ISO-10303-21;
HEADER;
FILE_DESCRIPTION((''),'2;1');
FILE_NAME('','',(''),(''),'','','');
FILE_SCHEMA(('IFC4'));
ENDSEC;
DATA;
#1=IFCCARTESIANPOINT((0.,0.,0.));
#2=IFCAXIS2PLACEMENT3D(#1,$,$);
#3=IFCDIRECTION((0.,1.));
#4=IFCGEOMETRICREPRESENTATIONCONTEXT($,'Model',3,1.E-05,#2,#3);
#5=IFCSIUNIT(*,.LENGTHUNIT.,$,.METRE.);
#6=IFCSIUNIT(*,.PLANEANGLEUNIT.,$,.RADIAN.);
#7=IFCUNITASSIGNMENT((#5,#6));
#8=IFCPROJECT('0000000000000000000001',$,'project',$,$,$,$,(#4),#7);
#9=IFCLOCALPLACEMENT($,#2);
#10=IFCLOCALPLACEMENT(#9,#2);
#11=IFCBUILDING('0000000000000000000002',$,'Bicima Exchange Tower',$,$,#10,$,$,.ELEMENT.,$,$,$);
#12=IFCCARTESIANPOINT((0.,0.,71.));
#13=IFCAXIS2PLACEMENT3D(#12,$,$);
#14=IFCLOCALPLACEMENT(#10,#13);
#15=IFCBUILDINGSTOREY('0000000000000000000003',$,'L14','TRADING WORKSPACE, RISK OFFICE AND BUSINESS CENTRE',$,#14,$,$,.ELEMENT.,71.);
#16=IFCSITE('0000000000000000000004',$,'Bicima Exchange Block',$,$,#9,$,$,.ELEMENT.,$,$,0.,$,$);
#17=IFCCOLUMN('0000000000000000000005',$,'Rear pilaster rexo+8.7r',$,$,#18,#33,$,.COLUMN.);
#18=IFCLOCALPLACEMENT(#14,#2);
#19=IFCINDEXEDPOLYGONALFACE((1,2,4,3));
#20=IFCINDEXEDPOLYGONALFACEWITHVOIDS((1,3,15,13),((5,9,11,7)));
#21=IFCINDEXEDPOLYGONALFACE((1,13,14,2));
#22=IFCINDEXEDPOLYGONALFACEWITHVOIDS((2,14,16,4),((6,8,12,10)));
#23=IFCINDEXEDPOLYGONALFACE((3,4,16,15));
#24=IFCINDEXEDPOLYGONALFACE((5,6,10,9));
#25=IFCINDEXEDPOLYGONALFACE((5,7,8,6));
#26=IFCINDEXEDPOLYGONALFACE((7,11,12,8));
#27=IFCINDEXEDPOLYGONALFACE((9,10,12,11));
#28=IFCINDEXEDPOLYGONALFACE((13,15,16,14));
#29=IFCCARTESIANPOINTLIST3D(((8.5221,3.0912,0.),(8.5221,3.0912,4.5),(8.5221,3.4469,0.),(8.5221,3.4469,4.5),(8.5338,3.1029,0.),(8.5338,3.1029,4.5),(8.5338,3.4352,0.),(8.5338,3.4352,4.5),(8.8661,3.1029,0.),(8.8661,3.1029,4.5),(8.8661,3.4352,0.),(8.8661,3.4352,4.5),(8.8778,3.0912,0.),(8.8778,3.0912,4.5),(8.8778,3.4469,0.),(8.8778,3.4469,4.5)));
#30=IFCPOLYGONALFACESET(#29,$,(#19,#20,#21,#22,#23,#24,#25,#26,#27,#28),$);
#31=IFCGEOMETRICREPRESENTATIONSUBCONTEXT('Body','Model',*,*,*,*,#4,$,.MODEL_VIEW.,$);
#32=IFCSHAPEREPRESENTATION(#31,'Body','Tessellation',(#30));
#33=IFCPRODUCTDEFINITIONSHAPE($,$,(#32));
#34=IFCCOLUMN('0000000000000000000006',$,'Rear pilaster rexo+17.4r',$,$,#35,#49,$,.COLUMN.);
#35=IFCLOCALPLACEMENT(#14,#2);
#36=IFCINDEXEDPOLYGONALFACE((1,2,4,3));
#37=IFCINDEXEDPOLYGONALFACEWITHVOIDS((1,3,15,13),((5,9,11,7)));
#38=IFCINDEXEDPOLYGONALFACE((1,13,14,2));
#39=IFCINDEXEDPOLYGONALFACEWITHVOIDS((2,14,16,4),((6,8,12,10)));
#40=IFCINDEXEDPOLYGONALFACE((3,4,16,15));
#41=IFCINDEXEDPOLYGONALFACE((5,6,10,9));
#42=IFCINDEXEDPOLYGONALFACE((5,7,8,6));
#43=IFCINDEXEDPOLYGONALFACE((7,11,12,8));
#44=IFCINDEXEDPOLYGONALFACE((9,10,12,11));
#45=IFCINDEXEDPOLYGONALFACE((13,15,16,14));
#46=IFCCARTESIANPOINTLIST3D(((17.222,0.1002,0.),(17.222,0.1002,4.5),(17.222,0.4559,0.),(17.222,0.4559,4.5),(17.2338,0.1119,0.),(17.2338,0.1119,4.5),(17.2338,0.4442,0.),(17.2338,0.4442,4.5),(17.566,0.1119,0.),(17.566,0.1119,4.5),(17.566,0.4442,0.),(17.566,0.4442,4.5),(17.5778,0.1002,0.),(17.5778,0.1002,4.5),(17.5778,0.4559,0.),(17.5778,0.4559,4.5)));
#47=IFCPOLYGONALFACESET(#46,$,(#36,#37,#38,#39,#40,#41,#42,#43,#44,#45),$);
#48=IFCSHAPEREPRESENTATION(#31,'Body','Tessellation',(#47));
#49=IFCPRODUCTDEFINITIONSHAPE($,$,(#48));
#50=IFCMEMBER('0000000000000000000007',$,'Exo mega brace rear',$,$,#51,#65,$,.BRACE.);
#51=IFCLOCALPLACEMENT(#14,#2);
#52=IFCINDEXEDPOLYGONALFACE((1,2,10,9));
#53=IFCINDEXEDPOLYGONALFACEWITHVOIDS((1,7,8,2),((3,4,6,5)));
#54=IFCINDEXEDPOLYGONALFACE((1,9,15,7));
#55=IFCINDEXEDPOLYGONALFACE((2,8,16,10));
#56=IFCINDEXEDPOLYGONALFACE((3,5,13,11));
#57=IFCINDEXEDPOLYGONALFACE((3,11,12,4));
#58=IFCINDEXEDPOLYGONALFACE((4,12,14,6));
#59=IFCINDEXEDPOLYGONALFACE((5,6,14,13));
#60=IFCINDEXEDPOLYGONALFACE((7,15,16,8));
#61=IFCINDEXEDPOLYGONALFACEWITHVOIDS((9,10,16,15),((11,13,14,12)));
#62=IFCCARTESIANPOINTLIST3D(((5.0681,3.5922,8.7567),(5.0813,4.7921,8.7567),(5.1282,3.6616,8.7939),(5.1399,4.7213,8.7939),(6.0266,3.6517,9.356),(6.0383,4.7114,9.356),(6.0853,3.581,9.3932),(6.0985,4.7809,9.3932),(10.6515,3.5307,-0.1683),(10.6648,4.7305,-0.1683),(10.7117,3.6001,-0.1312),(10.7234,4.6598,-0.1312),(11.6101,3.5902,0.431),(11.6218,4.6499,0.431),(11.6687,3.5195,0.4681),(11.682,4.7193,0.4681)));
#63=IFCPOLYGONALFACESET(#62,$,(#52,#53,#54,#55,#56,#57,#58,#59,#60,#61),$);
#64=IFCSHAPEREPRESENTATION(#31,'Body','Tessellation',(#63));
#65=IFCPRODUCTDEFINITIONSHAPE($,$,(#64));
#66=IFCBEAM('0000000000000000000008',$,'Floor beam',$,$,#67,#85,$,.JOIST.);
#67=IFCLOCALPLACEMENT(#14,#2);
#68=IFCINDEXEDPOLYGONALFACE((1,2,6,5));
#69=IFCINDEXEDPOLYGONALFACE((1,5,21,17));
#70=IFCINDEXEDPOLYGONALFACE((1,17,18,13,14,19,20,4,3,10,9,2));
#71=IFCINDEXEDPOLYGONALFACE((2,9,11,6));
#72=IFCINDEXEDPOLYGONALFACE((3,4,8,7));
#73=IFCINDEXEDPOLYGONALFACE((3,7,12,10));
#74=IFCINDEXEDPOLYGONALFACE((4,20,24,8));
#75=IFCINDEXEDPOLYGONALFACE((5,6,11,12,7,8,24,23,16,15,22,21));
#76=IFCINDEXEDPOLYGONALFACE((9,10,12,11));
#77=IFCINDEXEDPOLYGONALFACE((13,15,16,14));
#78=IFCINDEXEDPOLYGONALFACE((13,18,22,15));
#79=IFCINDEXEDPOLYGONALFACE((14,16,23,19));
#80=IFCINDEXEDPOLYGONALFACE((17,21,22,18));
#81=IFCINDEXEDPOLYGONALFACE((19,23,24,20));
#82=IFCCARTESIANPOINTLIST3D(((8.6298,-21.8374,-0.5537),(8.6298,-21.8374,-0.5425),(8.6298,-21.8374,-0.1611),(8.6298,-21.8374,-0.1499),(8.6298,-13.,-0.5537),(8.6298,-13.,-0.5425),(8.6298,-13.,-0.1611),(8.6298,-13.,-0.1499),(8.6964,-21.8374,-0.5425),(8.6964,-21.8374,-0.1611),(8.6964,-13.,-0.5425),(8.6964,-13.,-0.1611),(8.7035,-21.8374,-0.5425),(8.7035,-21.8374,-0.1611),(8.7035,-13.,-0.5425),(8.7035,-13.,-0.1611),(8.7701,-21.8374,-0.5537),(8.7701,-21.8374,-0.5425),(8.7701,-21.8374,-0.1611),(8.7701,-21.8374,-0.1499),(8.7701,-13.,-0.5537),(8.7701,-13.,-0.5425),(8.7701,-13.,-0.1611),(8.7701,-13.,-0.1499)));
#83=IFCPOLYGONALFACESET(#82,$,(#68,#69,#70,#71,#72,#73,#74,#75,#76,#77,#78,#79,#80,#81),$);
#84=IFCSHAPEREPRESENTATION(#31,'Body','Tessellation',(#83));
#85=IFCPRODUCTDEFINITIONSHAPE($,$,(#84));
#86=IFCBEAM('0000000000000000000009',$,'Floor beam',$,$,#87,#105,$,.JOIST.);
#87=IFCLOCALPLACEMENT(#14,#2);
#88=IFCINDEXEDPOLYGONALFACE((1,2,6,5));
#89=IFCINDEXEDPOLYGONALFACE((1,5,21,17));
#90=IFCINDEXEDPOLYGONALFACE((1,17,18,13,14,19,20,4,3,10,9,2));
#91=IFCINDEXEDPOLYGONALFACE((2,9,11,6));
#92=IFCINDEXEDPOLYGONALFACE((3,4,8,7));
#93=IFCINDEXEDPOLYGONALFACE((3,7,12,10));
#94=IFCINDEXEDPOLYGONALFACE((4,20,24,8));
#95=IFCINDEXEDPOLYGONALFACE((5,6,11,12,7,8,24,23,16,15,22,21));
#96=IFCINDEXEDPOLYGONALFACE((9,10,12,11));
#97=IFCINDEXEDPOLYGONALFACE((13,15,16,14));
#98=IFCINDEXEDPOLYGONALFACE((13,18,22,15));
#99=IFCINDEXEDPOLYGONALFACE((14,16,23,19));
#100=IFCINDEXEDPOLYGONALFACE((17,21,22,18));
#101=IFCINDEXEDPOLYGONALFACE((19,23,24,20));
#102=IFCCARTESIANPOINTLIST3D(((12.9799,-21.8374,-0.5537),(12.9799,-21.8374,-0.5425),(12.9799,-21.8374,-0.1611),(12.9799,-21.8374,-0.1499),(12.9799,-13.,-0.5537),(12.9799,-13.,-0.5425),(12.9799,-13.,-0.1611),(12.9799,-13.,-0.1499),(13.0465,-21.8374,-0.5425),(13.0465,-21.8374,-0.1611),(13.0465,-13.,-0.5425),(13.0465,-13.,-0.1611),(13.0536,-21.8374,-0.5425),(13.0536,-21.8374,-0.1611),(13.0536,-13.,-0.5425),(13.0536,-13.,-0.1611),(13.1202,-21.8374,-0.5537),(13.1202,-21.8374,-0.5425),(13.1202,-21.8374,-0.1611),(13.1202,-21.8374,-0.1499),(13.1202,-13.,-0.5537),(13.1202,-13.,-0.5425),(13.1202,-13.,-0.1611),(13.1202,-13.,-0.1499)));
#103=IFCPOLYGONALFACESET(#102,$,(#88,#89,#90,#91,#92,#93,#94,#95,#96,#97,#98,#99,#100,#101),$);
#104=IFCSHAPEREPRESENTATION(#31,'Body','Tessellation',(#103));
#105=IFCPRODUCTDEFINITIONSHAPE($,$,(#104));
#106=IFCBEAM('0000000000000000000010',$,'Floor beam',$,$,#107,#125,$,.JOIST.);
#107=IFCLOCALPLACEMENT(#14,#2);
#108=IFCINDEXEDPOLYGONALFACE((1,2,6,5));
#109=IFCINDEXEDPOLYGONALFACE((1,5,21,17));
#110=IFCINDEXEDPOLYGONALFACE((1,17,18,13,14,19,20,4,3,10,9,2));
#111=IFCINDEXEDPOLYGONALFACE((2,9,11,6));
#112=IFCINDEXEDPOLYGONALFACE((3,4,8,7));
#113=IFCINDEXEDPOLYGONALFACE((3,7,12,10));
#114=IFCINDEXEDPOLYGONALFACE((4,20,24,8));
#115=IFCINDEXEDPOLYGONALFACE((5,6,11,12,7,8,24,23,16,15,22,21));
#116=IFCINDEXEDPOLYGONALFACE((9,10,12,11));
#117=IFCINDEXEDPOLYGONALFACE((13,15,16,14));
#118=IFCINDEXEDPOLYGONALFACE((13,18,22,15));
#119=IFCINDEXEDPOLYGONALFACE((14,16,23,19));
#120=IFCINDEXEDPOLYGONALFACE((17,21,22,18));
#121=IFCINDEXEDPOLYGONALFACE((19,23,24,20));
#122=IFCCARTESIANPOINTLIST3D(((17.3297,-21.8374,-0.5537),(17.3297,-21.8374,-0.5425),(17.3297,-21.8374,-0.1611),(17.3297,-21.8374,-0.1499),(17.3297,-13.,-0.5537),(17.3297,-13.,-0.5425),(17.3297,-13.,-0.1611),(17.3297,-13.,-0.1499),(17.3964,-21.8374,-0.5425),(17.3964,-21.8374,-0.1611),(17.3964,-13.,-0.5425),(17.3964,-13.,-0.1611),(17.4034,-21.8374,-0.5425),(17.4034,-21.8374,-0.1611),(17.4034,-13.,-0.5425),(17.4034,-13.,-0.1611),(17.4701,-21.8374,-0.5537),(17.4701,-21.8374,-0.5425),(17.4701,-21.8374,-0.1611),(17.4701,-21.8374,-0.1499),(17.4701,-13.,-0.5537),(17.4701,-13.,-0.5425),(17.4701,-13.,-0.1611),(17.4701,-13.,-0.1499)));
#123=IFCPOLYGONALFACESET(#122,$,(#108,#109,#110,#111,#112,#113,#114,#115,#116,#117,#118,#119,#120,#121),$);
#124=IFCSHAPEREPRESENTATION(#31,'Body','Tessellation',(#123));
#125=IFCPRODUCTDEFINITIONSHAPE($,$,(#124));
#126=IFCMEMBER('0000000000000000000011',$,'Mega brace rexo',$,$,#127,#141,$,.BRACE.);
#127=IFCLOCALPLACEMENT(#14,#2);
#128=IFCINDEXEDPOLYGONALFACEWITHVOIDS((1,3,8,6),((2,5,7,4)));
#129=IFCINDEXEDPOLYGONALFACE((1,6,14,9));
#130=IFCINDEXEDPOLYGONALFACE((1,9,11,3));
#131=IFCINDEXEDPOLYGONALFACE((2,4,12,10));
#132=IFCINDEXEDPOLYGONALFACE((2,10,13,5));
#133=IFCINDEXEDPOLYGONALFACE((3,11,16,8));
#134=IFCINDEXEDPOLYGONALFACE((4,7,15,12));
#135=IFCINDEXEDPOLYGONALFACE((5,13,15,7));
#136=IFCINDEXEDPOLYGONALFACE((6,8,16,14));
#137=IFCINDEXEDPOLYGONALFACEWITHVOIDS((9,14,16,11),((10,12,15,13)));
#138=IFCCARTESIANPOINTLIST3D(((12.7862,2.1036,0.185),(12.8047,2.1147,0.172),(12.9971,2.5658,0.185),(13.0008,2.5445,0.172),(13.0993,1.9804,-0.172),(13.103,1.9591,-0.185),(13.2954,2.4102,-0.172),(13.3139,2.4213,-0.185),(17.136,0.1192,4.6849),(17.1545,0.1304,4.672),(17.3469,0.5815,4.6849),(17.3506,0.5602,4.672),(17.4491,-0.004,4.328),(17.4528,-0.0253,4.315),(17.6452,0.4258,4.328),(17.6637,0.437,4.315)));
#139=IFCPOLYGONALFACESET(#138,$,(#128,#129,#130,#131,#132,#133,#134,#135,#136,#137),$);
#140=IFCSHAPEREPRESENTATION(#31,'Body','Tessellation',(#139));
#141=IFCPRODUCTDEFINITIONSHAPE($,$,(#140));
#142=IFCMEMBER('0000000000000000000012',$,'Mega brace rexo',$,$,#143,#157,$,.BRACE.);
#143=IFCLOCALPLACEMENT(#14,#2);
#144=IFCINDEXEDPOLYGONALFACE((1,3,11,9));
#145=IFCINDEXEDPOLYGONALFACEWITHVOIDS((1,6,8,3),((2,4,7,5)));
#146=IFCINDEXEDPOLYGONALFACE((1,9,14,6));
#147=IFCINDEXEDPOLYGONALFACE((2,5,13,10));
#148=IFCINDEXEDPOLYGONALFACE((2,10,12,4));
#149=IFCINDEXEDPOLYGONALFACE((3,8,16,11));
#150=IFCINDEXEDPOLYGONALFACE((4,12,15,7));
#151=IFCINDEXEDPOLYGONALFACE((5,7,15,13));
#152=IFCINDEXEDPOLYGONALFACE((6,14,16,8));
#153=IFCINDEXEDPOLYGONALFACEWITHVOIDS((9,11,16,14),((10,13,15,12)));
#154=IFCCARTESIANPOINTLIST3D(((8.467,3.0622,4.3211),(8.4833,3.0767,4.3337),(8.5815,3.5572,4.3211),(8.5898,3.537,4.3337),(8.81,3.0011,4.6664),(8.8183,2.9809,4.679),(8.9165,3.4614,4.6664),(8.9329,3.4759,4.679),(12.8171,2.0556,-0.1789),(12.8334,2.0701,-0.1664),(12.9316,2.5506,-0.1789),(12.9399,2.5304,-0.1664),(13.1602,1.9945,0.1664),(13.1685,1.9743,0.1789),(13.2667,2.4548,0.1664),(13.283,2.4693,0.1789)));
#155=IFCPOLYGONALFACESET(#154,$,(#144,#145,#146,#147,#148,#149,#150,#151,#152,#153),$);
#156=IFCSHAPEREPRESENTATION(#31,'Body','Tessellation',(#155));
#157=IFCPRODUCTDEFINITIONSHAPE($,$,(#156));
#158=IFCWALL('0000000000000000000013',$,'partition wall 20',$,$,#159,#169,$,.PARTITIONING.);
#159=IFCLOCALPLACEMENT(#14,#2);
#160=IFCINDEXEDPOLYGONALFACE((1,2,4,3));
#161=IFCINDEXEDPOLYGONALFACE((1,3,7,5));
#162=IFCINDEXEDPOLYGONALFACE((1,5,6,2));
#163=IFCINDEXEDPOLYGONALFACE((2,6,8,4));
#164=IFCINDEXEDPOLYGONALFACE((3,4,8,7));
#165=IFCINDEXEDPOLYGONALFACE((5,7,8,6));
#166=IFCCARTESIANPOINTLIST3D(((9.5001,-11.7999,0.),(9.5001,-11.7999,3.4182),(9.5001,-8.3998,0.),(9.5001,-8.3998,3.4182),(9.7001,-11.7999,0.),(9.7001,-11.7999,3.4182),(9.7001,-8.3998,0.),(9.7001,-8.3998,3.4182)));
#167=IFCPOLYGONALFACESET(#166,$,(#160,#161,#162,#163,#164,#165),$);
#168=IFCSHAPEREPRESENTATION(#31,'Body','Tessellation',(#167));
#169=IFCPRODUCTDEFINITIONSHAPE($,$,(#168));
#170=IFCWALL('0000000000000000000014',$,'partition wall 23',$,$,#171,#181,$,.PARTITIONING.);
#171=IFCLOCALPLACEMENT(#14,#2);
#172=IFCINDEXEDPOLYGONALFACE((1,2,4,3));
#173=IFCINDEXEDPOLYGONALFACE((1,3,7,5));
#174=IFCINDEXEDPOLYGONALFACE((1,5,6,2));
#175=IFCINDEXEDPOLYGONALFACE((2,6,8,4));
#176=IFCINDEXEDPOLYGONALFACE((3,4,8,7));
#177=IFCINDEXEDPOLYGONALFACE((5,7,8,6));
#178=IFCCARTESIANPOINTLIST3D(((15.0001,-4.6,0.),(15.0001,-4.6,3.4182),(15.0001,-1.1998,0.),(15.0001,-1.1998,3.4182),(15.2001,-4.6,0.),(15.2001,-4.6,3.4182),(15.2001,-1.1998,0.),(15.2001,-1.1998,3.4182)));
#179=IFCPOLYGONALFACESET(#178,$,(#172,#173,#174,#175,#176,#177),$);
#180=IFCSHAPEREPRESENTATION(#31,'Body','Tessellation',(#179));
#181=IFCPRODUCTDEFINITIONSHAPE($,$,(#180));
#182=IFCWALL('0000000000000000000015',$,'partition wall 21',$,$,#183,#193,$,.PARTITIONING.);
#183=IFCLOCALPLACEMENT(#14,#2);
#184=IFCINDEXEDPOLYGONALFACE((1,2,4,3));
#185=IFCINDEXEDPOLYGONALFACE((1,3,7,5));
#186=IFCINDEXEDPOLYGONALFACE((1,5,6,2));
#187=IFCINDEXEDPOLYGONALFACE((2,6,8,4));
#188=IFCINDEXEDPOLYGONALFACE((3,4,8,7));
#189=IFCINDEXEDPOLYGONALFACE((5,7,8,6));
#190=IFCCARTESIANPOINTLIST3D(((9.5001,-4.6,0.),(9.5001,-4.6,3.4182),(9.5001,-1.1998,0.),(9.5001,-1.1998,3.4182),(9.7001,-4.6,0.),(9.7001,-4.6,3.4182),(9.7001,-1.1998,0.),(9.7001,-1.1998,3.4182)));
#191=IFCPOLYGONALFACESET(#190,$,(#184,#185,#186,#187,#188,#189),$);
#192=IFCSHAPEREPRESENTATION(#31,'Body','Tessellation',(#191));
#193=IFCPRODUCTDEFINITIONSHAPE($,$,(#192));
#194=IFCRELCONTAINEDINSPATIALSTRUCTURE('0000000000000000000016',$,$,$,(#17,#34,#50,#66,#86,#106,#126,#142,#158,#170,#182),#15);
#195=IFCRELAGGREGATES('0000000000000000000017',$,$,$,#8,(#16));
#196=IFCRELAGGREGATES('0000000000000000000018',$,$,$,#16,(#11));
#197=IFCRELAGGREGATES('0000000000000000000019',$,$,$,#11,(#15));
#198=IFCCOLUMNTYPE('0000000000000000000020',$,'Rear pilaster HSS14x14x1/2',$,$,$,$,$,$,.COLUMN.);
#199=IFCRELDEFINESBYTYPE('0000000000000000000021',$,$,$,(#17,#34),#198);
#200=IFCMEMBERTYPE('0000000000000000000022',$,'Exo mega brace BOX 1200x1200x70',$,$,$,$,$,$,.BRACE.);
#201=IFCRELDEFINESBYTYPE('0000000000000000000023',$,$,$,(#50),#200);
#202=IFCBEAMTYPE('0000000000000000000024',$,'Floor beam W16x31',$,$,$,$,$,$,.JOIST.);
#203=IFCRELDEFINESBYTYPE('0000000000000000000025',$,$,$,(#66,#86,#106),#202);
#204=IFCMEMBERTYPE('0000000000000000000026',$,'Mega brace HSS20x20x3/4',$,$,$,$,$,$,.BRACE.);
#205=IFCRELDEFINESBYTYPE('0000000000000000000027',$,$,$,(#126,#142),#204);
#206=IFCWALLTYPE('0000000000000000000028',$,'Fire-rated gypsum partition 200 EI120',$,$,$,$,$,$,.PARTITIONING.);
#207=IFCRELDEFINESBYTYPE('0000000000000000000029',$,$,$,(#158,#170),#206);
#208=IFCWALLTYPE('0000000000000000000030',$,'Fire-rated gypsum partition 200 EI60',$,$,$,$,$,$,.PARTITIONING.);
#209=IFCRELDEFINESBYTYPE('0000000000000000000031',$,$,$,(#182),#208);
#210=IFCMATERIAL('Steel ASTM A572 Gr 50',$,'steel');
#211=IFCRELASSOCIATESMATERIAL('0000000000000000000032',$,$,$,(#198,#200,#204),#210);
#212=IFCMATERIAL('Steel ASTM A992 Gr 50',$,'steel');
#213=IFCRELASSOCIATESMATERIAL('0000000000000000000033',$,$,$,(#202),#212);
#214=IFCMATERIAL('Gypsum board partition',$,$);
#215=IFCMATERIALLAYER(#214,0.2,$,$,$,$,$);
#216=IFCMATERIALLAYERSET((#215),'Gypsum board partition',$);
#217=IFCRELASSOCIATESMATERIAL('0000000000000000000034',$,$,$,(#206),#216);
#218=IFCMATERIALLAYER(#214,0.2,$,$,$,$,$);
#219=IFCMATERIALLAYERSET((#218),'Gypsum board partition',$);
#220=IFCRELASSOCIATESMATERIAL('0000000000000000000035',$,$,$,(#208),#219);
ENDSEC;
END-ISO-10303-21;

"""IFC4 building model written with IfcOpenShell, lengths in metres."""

from ifc_helpers import new_model, si_unit, direction, frame, frame_2d, origin, origin_2d, place, context, subcontext, project, spatial, rectangle, hollow_rectangle, i_section, extrude, material, layer, layer_set, material_profile, profile_set, type_object, element, save


model = new_model("IFC4")

# Units and contexts
model_context = context("Model", 3, precision=1e-05, world=origin(), true_north=direction((0.0, 1.0)))
body_context = subcontext(model_context, "Body", "Model", "MODEL_VIEW")
ifc_project = project(units=[si_unit("LENGTHUNIT", "METRE"), si_unit("PLANEANGLEUNIT", "RADIAN")], contexts=[model_context])

# Site, building, storey
site_placement = place(None, origin())
site = spatial("IfcSite", under=ifc_project, at=site_placement, Name="Bicima Exchange Block", CompositionType="ELEMENT", RefElevation=0.0)
building_placement = place(site_placement, origin())
building = spatial("IfcBuilding", under=site, at=building_placement, Name="Bicima Exchange Tower", CompositionType="ELEMENT")
storey_placement = place(building_placement, frame((0.0, 0.0, 71.0)))
storey = spatial("IfcBuildingStorey", under=building, at=storey_placement, Name="L14", Description="TRADING WORKSPACE, RISK OFFICE AND BUSINESS CENTRE", CompositionType="ELEMENT", Elevation=71.0)

# Columns
ifc_material_1 = material(Name="Steel ASTM A572 Gr 50", Category="steel")
ifc_material_profile_1 = material_profile(ifc_material_1, hollow_rectangle(XDim=0.3557, YDim=0.3557, WallThickness=0.0117, at=origin_2d()))
ifc_profile_set_1 = profile_set([ifc_material_profile_1], Name="Steel ASTM A572 Gr 50")
column_type = type_object("IfcColumnType", Name="Rear pilaster HSS14x14x1/2", PredefinedType="COLUMN", material=ifc_profile_set_1)
for number, where, z_axis, x_axis, name in (
    (1, (8.7, 3.269, 0.0), (0.0, 0.0, 1.0), (1.0, 0.0, 0.0), "Rear pilaster rexo+8.7r"),
    (2, (17.3999, 0.2781, 0.0), (0.0, 0.0, 1.0), (1.0, 0.0, 0.0), "Rear pilaster rexo+17.4r"),
):
    element("IfcColumn", number, at=place(storey_placement, frame(where, z_axis=z_axis, x_axis=x_axis)), inside=storey, type_object=column_type, Name=name, PredefinedType="COLUMN", context=body_context, shape_type="SweptSolid", body=[
        extrude(hollow_rectangle(XDim=0.3557, YDim=0.3557, WallThickness=0.0117, at=origin_2d()), origin(), (0.0, 0.0, 1.0), 4.5),
    ])

# Member
ifc_material_profile_2 = material_profile(ifc_material_1, hollow_rectangle(XDim=1.2, YDim=1.2, WallThickness=0.0701, at=origin_2d()))
ifc_profile_set_2 = profile_set([ifc_material_profile_2], Name="Steel ASTM A572 Gr 50")
member_type_1 = type_object("IfcMemberType", Name="Exo mega brace BOX 1200x1200x70", PredefinedType="BRACE", material=ifc_profile_set_2)
member_1_placement = place(storey_placement, frame((11.1667, 4.125, 0.1499), z_axis=(-0.530355, 0.005844, 0.847756), x_axis=(-0.011018, -0.999939, 0.0)))
element("IfcMember", 3, at=member_1_placement, inside=storey, type_object=member_type_1, Name="Exo mega brace rear", PredefinedType="BRACE", context=body_context, shape_type="SweptSolid", body=[
    extrude(hollow_rectangle(XDim=1.2, YDim=1.2, WallThickness=0.0701, at=origin_2d()), origin(), (0.0, 0.0, 1.0), 10.5278),
])

# Beams
ifc_material_2 = material(Name="Steel ASTM A992 Gr 50", Category="steel")
ifc_material_profile_3 = material_profile(ifc_material_2, i_section(OverallWidth=0.1404, OverallDepth=0.4038, WebThickness=0.0071, FlangeThickness=0.0112, at=origin_2d()))
ifc_profile_set_3 = profile_set([ifc_material_profile_3], Name="Steel ASTM A992 Gr 50")
beam_type = type_object("IfcBeamType", Name="Floor beam W16x31", PredefinedType="JOIST", material=ifc_profile_set_3)
for number, where, z_axis, x_axis, name in (
    (4, (8.7, -13.0, -0.3518), (0.0, -1.0, 0.0), (1.0, 0.0, 0.0), "Floor beam"),
    (5, (13.05, -13.0, -0.3518), (0.0, -1.0, 0.0), (1.0, 0.0, 0.0), "Floor beam"),
    (6, (17.3999, -13.0, -0.3518), (0.0, -1.0, 0.0), (1.0, 0.0, 0.0), "Floor beam"),
):
    element("IfcBeam", number, at=place(storey_placement, frame(where, z_axis=z_axis, x_axis=x_axis)), inside=storey, type_object=beam_type, Name=name, PredefinedType="JOIST", context=body_context, shape_type="SweptSolid", body=[
        extrude(i_section(OverallWidth=0.1404, OverallDepth=0.4038, WebThickness=0.0071, FlangeThickness=0.0112, at=origin_2d()), origin(), (0.0, 0.0, 1.0), 8.8374),
    ])

# Members
ifc_material_profile_4 = material_profile(ifc_material_1, hollow_rectangle(XDim=0.5081, YDim=0.5081, WallThickness=0.0178, at=origin_2d()))
ifc_profile_set_4 = profile_set([ifc_material_profile_4], Name="Steel ASTM A572 Gr 50")
member_type_2 = type_object("IfcMemberType", Name="Mega brace HSS20x20x3/4", PredefinedType="BRACE", material=ifc_profile_set_4)
member_2_placement = place(storey_placement, frame((13.05, 2.2625, 0.0), z_axis=(0.662508, -0.302232, 0.685376), x_axis=(0.415045, 0.909801, 0.0)))
element("IfcMember", 7, at=member_2_placement, inside=storey, type_object=member_type_2, Name="Mega brace rexo", PredefinedType="BRACE", context=body_context, shape_type="SweptSolid", body=[
    extrude(hollow_rectangle(XDim=0.5081, YDim=0.5081, WallThickness=0.0178, at=origin_2d()), origin(), (0.0, 0.0, 1.0), 6.5657),
])
member_3_placement = place(storey_placement, frame((13.05, 2.2625, 0.0), z_axis=(-0.686212, 0.158786, 0.709859), x_axis=(-0.225439, -0.974257, 0.0)))
element("IfcMember", 8, at=member_3_placement, inside=storey, type_object=member_type_2, Name="Mega brace rexo", PredefinedType="BRACE", context=body_context, shape_type="SweptSolid", body=[
    extrude(hollow_rectangle(XDim=0.5081, YDim=0.5081, WallThickness=0.0178, at=origin_2d()), origin(), (0.0, 0.0, 1.0), 6.3394),
])

# Walls
ifc_material_3 = material(Name="Gypsum board partition")
ifc_layer_1 = layer(ifc_material_3, 0.2)
ifc_layer_set_1 = layer_set([ifc_layer_1], Name="Gypsum board partition")
wall_type_1 = type_object("IfcWallType", Name="Fire-rated gypsum partition 200 EI120", PredefinedType="PARTITIONING", material=ifc_layer_set_1)
for number, where, z_axis, x_axis, name in (
    (9, (9.6001, -11.8, 0.0), (0.0, 0.0, 1.0), (0.0, 1.0, 0.0), "partition wall 20"),
    (10, (15.1001, -4.6001, 0.0), (0.0, 0.0, 1.0), (0.0, 1.0, 0.0), "partition wall 23"),
):
    element("IfcWall", number, at=place(storey_placement, frame(where, z_axis=z_axis, x_axis=x_axis)), inside=storey, type_object=wall_type_1, Name=name, PredefinedType="PARTITIONING", context=body_context, shape_type="SweptSolid", body=[
        extrude(rectangle(XDim=3.4001, YDim=0.2, at=frame_2d((1.7002, 0.0))), origin(), (0.0, 0.0, 1.0), 3.4182),
    ])
ifc_layer_2 = layer(ifc_material_3, 0.2)
ifc_layer_set_2 = layer_set([ifc_layer_2], Name="Gypsum board partition")
wall_type_2 = type_object("IfcWallType", Name="Fire-rated gypsum partition 200 EI60", PredefinedType="PARTITIONING", material=ifc_layer_set_2)
wall_1_placement = place(storey_placement, frame((9.6001, -4.6001, 0.0), z_axis=(0.0, 0.0, 1.0), x_axis=(0.0, 1.0, 0.0)))
element("IfcWall", 11, at=wall_1_placement, inside=storey, type_object=wall_type_2, Name="partition wall 21", PredefinedType="PARTITIONING", context=body_context, shape_type="SweptSolid", body=[
    extrude(rectangle(XDim=3.4001, YDim=0.2, at=frame_2d((1.7002, 0.0))), origin(), (0.0, 0.0, 1.0), 3.4182),
])

save(model, "model.ifc")
